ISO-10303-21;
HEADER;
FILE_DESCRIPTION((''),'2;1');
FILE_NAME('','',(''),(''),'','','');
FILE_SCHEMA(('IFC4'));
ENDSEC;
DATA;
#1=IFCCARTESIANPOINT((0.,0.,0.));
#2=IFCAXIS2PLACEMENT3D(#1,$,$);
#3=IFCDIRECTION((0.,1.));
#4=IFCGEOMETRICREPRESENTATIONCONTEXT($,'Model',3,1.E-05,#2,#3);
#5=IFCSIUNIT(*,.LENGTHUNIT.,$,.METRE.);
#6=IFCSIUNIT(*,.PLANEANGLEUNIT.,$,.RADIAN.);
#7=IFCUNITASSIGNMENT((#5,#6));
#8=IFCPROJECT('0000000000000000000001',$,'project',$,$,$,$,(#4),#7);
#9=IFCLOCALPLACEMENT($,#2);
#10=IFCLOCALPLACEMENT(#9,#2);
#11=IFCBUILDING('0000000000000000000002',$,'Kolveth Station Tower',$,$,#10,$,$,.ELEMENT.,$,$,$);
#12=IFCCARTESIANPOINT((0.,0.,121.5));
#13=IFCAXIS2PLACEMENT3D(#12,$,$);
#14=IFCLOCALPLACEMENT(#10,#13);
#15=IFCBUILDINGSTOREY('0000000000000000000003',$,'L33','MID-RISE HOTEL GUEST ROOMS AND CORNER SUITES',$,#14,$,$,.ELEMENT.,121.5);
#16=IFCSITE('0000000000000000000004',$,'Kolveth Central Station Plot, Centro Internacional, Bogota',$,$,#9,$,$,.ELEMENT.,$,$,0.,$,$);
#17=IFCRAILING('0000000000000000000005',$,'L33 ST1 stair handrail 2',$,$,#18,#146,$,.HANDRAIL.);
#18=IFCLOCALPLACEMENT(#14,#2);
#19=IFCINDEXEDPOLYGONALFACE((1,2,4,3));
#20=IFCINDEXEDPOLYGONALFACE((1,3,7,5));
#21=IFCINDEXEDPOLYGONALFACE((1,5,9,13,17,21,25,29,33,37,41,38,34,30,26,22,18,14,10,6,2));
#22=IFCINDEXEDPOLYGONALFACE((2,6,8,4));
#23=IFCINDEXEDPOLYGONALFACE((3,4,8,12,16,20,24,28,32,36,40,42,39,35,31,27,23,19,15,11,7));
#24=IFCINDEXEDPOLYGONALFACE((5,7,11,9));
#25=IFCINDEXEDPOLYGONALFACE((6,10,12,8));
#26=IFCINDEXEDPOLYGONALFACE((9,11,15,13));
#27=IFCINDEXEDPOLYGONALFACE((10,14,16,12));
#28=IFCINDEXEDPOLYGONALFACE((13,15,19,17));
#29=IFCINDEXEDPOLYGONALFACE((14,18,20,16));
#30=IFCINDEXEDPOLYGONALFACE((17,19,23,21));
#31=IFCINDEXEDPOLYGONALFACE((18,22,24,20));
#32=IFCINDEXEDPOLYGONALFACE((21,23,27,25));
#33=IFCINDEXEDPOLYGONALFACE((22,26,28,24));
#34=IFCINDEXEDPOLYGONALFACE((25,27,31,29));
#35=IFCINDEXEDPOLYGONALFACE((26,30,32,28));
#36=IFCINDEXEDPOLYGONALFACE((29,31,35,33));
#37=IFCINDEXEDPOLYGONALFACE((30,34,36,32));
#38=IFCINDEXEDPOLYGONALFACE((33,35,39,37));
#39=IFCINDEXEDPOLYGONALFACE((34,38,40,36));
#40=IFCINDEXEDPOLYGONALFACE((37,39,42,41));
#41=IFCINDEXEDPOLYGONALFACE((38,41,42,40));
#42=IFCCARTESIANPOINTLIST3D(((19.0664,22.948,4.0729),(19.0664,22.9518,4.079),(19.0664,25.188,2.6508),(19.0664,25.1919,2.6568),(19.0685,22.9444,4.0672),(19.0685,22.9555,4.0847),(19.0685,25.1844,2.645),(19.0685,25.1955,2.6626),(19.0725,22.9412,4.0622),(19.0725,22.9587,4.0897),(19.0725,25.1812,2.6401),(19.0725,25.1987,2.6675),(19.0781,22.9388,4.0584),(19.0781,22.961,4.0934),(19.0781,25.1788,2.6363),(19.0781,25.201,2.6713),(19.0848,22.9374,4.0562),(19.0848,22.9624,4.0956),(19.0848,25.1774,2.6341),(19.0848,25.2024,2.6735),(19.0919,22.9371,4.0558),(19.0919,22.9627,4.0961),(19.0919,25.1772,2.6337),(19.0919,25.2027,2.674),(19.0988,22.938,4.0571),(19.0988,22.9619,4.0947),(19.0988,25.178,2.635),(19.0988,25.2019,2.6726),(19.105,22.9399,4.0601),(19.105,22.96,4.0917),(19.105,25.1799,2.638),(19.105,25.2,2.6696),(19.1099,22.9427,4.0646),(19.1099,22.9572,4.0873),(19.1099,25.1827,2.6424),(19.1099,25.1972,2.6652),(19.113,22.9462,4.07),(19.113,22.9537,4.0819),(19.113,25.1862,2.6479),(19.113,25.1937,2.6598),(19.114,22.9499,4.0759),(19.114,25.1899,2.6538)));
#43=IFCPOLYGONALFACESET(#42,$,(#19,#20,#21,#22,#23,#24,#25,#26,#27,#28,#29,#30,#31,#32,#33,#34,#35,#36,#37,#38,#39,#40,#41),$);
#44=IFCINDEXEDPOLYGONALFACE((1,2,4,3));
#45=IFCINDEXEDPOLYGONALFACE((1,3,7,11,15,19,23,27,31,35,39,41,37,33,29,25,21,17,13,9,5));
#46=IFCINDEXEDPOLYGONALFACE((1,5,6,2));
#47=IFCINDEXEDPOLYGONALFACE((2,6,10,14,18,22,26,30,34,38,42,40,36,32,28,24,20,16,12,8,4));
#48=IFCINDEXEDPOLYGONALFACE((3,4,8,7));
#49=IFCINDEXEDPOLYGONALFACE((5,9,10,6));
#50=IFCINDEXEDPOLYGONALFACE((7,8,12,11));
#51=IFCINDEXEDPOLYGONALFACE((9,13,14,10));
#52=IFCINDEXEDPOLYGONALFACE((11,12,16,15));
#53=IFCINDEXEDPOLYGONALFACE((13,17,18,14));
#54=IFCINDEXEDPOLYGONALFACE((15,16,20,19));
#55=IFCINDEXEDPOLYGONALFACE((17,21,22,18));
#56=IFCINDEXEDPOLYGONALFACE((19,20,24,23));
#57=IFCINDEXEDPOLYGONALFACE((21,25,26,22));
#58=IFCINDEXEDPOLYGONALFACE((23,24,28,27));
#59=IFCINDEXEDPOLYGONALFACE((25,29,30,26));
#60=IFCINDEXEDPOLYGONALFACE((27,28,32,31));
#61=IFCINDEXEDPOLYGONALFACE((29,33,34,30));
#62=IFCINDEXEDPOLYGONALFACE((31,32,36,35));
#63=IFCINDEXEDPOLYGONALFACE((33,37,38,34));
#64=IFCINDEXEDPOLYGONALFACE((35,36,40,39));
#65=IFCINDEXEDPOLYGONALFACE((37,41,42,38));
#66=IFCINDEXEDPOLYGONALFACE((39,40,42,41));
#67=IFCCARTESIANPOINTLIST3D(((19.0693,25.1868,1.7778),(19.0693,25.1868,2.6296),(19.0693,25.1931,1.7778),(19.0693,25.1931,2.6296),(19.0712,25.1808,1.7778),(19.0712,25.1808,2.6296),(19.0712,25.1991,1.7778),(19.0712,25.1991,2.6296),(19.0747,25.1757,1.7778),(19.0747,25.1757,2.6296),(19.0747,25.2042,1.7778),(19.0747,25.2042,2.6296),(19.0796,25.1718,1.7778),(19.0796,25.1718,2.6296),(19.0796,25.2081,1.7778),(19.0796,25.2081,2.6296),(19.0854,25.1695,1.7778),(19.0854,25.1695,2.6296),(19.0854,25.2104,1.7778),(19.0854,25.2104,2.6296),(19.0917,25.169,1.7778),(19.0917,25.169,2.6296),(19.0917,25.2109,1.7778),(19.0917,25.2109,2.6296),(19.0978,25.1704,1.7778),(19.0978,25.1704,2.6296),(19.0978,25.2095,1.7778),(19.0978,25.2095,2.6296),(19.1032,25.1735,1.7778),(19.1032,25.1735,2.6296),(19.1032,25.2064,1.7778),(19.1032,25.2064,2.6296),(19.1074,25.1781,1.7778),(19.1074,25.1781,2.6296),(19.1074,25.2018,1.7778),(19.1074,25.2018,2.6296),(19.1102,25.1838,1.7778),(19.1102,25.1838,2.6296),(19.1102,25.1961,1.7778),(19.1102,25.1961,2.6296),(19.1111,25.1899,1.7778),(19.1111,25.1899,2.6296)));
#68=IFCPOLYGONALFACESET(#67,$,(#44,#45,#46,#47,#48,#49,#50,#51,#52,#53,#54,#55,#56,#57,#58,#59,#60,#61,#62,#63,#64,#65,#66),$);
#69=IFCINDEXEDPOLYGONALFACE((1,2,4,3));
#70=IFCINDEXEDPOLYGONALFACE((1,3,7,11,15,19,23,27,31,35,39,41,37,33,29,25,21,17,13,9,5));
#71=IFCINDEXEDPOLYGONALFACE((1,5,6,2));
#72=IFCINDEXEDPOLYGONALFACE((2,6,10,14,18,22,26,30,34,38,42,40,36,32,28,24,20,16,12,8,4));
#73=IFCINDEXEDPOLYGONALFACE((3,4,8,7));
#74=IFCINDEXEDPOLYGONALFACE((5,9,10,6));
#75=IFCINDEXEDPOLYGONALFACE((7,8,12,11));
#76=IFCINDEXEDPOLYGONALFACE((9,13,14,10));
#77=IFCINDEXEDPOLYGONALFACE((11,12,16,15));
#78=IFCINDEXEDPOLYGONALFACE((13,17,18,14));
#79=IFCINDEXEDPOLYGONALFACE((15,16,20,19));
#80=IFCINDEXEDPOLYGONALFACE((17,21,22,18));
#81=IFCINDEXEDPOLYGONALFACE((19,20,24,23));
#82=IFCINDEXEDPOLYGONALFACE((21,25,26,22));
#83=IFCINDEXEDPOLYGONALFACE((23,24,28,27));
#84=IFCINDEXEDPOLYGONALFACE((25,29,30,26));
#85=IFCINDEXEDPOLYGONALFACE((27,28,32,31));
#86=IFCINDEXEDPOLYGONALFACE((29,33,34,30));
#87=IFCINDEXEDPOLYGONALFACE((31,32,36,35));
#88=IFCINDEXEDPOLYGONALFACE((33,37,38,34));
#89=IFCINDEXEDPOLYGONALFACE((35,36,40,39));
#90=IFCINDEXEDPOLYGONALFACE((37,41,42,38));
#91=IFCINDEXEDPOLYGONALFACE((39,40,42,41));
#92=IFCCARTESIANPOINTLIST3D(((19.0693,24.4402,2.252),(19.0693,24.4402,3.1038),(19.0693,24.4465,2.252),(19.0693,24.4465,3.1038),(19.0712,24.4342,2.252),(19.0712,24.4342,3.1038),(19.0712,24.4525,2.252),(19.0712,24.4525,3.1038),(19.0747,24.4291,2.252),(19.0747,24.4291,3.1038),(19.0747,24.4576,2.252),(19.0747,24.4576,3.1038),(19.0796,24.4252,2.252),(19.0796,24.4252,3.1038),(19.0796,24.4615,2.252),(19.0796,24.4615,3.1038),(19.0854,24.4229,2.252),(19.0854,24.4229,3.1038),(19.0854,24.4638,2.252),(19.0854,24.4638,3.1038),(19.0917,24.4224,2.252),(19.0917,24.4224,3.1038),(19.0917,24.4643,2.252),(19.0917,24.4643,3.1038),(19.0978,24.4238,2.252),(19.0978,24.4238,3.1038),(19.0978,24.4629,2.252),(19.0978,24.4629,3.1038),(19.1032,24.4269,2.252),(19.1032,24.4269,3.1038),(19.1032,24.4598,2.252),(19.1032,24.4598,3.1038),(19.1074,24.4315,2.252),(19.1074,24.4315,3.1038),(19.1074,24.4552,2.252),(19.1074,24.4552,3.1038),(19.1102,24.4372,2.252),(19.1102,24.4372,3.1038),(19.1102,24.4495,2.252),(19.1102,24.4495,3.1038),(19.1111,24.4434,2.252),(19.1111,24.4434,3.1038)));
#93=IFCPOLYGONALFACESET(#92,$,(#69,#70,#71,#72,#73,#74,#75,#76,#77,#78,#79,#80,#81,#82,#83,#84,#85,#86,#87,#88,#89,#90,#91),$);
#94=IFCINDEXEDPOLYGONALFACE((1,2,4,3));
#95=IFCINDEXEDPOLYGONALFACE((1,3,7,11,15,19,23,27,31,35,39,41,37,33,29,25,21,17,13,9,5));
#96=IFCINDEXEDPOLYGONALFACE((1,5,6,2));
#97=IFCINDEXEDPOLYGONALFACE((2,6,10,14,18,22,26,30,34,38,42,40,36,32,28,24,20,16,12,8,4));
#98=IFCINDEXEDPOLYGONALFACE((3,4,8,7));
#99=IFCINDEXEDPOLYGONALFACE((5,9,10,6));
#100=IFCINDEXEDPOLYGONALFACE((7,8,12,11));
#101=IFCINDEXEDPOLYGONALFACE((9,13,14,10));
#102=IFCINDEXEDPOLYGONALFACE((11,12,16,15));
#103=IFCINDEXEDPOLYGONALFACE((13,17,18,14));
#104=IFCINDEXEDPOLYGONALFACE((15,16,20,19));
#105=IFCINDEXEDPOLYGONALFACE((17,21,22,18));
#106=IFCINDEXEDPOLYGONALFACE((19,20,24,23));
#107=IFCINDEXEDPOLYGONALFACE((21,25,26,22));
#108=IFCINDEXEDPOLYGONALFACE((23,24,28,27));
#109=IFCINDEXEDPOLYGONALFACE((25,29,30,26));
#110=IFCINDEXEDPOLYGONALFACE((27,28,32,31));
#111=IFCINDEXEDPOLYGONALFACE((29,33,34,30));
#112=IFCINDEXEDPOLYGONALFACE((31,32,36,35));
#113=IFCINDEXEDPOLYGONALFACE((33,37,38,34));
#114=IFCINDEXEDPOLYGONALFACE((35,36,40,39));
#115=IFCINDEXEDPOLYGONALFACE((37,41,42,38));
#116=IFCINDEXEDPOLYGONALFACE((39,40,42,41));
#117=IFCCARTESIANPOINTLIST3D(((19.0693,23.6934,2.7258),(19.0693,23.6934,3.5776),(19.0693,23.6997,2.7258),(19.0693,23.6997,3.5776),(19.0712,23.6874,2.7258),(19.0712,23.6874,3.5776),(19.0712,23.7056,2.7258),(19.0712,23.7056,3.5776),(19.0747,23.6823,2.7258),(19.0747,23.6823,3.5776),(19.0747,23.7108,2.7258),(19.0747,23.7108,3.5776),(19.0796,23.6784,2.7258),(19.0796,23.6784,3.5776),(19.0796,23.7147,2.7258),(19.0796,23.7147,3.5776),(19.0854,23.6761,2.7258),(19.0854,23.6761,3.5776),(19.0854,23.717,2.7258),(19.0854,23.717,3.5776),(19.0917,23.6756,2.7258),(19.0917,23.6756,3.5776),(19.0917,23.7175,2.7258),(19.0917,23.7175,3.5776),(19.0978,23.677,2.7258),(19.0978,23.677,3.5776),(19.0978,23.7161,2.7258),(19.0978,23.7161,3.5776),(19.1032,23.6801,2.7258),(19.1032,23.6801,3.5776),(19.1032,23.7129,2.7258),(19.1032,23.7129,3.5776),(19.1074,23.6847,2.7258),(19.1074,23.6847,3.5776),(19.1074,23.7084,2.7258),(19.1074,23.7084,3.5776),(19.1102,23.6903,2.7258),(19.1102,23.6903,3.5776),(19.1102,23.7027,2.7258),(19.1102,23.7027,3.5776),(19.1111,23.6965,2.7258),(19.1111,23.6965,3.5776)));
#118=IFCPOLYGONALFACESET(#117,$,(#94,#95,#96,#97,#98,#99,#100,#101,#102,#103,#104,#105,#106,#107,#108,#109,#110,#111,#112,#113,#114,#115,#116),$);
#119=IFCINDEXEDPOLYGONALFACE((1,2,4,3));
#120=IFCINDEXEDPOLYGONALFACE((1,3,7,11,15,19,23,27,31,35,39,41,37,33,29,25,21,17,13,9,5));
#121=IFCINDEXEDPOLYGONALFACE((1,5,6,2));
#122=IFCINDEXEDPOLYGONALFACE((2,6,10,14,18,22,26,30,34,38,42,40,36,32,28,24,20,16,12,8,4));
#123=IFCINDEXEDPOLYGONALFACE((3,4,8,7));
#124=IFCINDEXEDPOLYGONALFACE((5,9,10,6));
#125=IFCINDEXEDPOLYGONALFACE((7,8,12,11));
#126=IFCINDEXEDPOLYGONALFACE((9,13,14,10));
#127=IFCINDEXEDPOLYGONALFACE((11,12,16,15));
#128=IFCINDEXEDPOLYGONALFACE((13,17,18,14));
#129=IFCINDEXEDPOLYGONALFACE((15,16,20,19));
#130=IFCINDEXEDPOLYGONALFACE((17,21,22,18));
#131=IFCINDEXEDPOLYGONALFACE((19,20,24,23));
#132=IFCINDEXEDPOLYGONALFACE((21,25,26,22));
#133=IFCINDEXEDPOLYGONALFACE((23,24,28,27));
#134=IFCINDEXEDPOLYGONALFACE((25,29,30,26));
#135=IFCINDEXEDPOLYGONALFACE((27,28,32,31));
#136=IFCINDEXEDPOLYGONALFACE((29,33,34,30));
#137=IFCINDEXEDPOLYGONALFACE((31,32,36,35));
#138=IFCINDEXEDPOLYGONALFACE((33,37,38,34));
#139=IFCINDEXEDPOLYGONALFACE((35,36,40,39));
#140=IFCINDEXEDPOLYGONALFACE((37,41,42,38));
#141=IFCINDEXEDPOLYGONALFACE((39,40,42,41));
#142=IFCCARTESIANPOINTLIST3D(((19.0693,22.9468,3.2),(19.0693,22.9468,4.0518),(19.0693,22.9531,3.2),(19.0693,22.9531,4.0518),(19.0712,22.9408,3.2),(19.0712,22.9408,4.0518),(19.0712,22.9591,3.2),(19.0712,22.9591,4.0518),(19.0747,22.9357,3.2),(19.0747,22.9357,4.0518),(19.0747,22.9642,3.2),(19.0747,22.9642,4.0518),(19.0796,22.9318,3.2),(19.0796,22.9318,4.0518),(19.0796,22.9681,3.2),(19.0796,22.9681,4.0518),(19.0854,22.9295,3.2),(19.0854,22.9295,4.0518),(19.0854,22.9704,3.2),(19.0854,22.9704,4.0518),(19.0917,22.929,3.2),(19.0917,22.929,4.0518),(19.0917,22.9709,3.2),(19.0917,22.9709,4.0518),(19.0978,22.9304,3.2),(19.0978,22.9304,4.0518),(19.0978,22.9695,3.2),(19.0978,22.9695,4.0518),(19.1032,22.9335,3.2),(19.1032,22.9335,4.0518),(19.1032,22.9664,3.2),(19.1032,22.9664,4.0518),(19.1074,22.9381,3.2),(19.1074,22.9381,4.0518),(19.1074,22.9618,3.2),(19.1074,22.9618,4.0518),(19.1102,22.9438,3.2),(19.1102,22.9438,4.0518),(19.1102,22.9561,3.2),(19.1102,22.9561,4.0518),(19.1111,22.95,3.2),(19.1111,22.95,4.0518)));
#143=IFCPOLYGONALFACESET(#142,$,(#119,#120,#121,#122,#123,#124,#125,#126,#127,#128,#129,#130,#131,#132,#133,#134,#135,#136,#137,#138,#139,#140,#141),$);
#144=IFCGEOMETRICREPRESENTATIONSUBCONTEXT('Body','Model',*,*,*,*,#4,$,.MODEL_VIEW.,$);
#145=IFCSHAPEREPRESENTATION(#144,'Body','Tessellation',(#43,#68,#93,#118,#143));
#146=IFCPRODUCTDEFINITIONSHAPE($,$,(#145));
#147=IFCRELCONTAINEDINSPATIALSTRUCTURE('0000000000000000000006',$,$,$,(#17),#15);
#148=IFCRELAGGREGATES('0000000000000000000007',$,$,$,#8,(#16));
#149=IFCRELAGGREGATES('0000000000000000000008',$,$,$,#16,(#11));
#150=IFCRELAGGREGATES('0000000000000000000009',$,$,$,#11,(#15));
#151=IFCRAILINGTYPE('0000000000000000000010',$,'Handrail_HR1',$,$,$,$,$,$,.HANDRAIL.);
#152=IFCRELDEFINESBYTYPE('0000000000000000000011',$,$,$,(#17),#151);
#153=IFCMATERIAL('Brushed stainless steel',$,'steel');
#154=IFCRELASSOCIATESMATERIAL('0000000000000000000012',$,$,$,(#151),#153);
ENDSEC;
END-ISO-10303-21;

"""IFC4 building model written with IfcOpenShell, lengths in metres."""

from ifc_helpers import new_model, si_unit, direction, frame, origin, origin_2d, place, context, subcontext, project, spatial, circle, extrude, material, type_object, element, save


model = new_model("IFC4")

# Units and contexts
model_context = context("Model", 3, precision=1e-05, world=origin(), true_north=direction((0.0, 1.0)))
body_context = subcontext(model_context, "Body", "Model", "MODEL_VIEW")
ifc_project = project(units=[si_unit("LENGTHUNIT", "METRE"), si_unit("PLANEANGLEUNIT", "RADIAN")], contexts=[model_context])

# Site, building, storey
site_placement = place(None, origin())
site = spatial("IfcSite", under=ifc_project, at=site_placement, Name="Kolveth Central Station Plot, Centro Internacional, Bogota", CompositionType="ELEMENT", RefElevation=0.0)
building_placement = place(site_placement, origin())
building = spatial("IfcBuilding", under=site, at=building_placement, Name="Kolveth Station Tower", CompositionType="ELEMENT")
storey_placement = place(building_placement, frame((0.0, 0.0, 121.5)))
storey = spatial("IfcBuildingStorey", under=building, at=storey_placement, Name="L33", Description="MID-RISE HOTEL GUEST ROOMS AND CORNER SUITES", CompositionType="ELEMENT", Elevation=121.5)

# Railing
ifc_material_1 = material(Name="Brushed stainless steel", Category="steel")
railing_type_1 = type_object("IfcRailingType", Name="Handrail_HR1", PredefinedType="HANDRAIL", material=ifc_material_1)
railing_1_placement = place(storey_placement, frame((19.0901, 25.1899, 1.7778)))
element("IfcRailing", 1, at=railing_1_placement, inside=storey, type_object=railing_type_1, Name="L33 ST1 stair handrail 2", PredefinedType="HANDRAIL", context=body_context, shape_type="SweptSolid", body=[
    extrude(circle(Radius=0.0239, at=origin_2d()), frame((0.0, 0.0, 0.876), z_axis=(0.0, -0.844229, 0.535982), x_axis=(1.0, 0.0, 0.0)), (0.0, 0.0, 1.0), 2.6533),
    extrude(circle(Radius=0.021, at=origin_2d()), origin(), (0.0, 0.0, 1.0), 0.8518),
    extrude(circle(Radius=0.021, at=origin_2d()), frame((0.0, -0.7466, 0.4741)), (0.0, 0.0, 1.0), 0.8518),
    extrude(circle(Radius=0.021, at=origin_2d()), frame((0.0, -1.4934, 0.948)), (0.0, 0.0, 1.0), 0.8518),
    extrude(circle(Radius=0.021, at=origin_2d()), frame((0.0, -2.24, 1.4221)), (0.0, 0.0, 1.0), 0.8518),
])

save(model, "model.ifc")
